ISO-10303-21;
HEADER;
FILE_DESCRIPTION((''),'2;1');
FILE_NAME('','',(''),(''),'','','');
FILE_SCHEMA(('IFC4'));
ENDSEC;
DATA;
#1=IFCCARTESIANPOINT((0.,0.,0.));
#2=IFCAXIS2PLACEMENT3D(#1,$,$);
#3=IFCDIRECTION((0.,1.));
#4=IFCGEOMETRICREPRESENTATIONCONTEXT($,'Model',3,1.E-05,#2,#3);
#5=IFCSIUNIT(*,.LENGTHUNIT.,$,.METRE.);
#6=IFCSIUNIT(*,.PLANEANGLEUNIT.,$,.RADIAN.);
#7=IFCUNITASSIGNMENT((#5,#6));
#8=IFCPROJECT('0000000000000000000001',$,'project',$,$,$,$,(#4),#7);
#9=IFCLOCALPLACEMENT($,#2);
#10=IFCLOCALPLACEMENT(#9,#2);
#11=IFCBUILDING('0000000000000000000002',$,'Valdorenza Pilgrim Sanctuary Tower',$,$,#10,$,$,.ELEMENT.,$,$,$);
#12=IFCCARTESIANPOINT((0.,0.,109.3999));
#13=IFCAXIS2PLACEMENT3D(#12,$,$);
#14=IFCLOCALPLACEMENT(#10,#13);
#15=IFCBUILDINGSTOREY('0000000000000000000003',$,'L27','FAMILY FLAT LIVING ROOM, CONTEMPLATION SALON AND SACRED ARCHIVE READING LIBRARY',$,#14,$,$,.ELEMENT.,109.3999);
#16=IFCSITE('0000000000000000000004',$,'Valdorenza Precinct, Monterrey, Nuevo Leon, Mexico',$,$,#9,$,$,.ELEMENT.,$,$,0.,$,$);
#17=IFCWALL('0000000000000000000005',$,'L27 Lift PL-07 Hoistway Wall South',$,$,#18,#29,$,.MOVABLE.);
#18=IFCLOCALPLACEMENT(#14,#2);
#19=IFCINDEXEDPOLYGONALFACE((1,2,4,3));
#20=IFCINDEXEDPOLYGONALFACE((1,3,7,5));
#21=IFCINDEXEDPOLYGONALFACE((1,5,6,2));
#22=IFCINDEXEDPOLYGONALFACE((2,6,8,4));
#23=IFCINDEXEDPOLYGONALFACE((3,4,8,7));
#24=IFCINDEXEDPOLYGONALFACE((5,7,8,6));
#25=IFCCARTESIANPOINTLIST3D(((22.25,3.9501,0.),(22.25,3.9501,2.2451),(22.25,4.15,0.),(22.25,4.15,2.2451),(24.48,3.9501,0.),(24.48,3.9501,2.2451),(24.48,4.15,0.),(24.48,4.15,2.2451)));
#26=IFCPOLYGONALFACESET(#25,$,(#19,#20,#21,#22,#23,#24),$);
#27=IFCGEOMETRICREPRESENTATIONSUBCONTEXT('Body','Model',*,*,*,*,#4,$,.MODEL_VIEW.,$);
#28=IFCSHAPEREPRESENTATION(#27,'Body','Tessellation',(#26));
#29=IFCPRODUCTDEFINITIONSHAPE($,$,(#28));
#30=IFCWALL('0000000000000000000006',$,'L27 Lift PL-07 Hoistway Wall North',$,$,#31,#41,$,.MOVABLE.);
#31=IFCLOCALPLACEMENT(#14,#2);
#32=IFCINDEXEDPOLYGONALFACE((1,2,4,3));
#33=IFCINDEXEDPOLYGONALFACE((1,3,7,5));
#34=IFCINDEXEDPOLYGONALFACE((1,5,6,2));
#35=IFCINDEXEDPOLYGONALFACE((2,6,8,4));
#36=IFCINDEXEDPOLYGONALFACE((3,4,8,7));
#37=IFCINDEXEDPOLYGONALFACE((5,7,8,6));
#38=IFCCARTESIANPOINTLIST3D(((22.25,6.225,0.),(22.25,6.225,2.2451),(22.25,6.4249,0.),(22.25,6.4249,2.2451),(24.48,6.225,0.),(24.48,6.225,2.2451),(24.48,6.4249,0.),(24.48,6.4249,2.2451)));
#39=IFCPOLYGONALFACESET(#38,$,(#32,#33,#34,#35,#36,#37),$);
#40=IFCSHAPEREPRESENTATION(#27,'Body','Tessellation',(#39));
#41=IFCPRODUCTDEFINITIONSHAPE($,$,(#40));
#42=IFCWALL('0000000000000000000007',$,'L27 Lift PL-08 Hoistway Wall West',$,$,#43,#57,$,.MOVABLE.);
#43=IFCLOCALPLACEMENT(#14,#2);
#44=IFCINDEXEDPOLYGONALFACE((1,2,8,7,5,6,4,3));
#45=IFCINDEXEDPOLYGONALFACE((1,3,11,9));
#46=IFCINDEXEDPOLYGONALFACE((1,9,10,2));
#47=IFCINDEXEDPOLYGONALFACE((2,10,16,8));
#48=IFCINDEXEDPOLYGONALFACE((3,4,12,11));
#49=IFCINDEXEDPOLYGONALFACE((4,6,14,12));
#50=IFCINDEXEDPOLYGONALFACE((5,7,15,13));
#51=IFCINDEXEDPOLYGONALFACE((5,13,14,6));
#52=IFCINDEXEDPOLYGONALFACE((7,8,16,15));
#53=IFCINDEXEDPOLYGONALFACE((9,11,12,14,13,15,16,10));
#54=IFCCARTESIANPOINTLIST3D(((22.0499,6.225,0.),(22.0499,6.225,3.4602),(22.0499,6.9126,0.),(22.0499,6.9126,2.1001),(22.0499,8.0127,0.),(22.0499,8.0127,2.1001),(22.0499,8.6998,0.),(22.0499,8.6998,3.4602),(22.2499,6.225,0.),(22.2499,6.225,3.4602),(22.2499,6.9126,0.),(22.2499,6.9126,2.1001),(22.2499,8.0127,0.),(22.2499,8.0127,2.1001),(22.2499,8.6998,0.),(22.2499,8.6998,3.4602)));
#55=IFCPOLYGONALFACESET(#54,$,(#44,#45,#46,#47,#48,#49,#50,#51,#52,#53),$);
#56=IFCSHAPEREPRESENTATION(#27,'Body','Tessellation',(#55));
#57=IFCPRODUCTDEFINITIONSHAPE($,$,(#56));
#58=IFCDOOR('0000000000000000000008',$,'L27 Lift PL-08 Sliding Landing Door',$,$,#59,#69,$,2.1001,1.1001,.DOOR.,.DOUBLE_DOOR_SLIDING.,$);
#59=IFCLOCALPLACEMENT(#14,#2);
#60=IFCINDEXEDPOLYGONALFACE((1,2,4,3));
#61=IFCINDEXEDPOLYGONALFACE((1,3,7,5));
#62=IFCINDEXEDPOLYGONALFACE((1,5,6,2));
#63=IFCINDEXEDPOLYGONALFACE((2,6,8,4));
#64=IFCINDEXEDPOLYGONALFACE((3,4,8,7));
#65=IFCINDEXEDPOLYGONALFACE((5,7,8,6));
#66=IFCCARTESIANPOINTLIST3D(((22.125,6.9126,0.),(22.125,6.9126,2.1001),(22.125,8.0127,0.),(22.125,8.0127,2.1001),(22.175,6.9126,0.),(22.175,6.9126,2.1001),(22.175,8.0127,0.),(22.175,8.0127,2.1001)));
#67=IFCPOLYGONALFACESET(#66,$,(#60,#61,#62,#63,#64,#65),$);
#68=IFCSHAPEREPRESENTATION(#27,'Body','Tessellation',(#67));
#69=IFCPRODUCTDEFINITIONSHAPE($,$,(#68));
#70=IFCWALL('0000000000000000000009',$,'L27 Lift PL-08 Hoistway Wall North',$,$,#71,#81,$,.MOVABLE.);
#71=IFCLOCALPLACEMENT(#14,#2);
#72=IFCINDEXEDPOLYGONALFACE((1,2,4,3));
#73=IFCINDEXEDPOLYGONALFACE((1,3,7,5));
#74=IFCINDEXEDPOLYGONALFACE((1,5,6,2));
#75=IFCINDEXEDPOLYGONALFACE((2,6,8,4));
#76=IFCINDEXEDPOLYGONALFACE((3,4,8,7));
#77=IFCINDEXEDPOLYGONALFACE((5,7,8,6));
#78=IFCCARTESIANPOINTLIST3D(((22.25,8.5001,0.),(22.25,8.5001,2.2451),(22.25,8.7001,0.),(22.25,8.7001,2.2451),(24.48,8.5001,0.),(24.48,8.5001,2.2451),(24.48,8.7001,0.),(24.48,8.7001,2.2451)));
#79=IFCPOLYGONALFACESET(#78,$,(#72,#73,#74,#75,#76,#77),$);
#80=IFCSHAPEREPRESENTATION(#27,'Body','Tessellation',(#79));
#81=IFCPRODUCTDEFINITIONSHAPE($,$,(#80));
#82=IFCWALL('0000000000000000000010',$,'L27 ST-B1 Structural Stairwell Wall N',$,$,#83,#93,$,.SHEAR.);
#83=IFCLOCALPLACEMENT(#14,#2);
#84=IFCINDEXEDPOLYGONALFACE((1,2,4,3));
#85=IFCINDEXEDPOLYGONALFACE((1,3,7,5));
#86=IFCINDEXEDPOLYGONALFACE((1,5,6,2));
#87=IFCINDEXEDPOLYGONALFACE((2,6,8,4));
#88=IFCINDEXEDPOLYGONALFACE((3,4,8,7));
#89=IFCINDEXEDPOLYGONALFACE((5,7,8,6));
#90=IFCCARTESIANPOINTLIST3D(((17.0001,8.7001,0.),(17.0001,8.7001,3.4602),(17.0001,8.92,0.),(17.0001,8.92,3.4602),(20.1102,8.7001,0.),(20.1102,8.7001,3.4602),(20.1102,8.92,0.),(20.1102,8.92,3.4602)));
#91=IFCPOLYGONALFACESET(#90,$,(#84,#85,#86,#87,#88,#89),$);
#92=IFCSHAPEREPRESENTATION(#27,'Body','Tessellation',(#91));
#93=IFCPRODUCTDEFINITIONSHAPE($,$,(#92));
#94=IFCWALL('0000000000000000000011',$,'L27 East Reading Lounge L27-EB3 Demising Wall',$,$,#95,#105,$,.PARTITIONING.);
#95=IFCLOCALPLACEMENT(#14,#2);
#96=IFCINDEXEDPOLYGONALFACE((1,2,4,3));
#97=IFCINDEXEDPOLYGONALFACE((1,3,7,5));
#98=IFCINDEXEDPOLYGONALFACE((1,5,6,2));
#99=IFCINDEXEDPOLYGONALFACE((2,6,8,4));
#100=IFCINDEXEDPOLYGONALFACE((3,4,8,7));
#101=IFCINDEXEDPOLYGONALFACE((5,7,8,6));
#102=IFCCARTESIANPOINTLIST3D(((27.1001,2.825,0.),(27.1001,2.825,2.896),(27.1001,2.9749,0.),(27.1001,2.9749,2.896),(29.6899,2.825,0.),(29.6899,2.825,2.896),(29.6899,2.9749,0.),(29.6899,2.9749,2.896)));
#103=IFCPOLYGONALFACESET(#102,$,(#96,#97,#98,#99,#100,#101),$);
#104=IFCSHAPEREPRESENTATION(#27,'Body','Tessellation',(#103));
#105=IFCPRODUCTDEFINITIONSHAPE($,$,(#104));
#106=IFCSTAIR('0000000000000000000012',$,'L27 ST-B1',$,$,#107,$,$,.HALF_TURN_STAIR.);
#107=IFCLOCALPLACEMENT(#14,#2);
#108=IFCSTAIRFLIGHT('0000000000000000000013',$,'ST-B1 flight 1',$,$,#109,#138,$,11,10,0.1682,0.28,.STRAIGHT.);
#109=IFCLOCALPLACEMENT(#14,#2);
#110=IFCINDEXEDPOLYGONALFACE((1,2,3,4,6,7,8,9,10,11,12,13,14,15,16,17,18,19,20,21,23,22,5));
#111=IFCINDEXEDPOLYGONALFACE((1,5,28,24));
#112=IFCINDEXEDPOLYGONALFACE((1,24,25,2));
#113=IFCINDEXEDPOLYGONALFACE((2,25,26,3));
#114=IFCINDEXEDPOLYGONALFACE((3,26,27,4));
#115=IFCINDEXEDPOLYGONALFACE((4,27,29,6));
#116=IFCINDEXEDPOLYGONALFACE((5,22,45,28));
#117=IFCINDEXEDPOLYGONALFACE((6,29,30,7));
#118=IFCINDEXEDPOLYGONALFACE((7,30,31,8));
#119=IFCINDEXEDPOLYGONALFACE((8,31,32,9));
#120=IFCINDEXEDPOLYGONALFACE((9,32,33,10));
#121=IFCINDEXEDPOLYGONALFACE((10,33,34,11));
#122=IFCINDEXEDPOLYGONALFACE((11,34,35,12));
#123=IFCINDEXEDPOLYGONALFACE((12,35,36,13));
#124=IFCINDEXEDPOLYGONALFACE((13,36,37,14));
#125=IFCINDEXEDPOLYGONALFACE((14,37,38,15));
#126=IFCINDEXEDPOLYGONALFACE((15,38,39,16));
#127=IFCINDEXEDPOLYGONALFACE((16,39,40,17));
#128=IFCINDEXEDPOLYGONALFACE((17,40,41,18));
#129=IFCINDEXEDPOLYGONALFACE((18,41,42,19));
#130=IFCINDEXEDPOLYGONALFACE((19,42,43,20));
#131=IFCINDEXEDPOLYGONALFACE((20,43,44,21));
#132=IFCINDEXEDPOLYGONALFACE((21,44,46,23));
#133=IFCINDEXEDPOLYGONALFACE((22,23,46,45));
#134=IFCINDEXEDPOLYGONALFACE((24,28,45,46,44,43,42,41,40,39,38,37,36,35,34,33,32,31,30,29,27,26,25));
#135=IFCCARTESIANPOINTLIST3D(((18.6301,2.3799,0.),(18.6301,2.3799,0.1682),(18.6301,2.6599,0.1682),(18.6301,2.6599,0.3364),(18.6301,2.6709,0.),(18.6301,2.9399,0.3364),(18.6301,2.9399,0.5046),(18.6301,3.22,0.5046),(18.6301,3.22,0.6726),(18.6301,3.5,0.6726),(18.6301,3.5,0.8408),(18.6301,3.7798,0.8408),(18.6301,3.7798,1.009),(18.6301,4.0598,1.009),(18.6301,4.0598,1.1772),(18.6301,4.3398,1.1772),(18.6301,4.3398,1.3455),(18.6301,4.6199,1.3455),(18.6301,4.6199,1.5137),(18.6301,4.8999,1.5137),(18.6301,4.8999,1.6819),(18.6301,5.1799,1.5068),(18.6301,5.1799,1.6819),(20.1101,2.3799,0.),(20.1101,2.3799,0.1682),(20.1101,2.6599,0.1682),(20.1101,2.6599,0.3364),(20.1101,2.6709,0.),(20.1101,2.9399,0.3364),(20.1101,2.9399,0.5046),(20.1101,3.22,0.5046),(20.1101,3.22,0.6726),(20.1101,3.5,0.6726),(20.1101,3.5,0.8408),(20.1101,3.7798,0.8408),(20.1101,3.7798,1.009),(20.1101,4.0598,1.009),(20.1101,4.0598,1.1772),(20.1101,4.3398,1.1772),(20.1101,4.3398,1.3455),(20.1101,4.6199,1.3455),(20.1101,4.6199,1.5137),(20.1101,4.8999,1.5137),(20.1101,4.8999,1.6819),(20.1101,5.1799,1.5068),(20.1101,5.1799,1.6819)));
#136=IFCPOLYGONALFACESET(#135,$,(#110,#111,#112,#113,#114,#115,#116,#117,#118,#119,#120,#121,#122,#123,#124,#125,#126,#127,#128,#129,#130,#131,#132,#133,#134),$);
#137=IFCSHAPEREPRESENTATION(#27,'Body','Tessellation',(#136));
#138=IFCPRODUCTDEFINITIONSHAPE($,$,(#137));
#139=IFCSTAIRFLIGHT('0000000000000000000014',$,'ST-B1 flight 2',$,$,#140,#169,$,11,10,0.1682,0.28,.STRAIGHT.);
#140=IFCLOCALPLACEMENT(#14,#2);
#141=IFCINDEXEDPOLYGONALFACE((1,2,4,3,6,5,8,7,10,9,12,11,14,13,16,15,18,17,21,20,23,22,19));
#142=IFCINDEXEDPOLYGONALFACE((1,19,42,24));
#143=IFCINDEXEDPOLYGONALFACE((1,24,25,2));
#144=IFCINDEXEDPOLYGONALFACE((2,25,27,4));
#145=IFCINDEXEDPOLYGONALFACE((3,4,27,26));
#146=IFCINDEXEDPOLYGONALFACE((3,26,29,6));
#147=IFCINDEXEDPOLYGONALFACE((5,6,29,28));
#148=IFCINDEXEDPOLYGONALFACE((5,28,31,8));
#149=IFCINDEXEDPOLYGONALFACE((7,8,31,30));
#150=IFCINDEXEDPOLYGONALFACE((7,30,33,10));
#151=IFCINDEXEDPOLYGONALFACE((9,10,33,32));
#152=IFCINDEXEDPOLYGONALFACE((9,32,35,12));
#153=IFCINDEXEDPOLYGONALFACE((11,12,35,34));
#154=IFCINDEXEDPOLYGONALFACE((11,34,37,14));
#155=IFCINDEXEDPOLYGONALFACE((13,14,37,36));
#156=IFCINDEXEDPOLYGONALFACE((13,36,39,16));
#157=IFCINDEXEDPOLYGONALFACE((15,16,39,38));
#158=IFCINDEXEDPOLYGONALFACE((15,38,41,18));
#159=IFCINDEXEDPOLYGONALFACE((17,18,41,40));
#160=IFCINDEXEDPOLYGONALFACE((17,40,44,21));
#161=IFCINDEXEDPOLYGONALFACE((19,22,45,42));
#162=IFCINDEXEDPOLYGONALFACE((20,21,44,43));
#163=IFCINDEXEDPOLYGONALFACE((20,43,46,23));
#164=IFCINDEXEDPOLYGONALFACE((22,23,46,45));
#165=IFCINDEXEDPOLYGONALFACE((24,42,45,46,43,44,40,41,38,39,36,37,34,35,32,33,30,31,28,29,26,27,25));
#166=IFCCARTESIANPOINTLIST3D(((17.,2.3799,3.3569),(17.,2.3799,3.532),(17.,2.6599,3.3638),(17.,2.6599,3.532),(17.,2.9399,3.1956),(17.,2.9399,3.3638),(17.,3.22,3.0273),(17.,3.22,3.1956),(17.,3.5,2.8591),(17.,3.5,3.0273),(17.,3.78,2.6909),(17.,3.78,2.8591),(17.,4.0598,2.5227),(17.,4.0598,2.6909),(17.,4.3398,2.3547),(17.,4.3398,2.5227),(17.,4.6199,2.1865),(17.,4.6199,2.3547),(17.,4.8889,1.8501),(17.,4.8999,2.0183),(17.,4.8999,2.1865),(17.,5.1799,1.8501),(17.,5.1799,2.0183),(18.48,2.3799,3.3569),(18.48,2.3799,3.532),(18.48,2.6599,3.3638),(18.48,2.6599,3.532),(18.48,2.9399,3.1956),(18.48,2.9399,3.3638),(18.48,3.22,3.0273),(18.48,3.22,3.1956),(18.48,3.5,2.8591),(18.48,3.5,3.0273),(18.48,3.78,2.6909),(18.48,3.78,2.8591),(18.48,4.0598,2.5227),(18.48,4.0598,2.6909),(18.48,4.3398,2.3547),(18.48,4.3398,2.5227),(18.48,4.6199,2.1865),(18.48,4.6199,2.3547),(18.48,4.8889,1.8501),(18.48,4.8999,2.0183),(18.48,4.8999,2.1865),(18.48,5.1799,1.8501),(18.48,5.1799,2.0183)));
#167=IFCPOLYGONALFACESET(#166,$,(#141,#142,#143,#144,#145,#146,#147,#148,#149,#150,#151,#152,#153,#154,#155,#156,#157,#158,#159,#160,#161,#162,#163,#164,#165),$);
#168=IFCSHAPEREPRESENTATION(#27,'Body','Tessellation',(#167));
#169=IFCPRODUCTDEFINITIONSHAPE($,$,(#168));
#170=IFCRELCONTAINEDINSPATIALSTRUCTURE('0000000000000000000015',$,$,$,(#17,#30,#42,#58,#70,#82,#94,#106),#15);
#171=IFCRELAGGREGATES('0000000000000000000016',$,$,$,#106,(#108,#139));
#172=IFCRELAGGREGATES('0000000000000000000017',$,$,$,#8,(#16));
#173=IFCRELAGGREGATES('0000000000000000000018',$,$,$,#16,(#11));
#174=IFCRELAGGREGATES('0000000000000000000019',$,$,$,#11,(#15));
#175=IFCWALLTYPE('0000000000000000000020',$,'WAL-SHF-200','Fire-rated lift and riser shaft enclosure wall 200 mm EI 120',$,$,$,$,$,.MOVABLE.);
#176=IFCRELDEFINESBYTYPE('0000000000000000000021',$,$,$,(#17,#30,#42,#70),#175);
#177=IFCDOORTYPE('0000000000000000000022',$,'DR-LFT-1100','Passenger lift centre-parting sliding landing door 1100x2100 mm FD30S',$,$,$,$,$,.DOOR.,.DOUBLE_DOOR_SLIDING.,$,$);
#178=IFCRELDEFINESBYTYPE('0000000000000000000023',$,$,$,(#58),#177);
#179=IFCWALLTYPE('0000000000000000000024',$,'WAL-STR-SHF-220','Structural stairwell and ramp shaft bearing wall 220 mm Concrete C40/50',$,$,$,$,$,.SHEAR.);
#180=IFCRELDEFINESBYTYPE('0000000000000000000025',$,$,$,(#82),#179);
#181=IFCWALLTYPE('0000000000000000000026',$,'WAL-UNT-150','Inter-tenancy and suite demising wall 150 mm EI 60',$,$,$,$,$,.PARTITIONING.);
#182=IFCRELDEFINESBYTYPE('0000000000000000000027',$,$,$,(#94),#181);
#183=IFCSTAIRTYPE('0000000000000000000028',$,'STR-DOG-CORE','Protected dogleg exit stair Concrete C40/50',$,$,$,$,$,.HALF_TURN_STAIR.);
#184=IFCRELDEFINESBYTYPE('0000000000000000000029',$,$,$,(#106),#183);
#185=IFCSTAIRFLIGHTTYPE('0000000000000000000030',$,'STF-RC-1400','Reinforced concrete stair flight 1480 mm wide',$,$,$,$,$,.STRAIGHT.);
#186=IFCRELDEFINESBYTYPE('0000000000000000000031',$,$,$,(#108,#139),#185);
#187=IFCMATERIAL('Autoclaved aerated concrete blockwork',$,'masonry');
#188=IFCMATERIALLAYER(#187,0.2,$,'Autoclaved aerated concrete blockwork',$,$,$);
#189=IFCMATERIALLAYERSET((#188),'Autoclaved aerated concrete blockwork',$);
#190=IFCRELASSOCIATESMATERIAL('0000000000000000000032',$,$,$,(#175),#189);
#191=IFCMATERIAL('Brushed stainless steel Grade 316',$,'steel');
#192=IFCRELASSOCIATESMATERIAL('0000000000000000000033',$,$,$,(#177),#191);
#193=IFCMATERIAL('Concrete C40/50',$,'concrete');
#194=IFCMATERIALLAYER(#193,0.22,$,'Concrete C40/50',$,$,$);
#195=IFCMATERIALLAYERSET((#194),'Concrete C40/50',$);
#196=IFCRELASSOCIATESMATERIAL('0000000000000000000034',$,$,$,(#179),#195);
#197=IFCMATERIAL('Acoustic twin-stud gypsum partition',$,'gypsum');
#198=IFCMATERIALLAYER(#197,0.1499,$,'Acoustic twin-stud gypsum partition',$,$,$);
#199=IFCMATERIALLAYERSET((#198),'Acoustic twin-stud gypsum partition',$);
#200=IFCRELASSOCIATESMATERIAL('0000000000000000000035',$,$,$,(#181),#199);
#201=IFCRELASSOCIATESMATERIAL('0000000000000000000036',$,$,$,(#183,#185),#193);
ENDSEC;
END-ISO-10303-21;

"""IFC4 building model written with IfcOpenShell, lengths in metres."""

from ifc_helpers import new_model, si_unit, direction, frame, frame_2d, origin, place, context, subcontext, project, spatial, polyline, rectangle, outline, extrude, material, layer, layer_set, type_object, element, fill, aggregate, save


model = new_model("IFC4")

# Units and contexts
model_context = context("Model", 3, precision=1e-05, world=origin(), true_north=direction((0.0, 1.0)))
body_context = subcontext(model_context, "Body", "Model", "MODEL_VIEW")
ifc_project = project(units=[si_unit("LENGTHUNIT", "METRE"), si_unit("PLANEANGLEUNIT", "RADIAN")], contexts=[model_context])

# Site, building, storey
site_placement = place(None, origin())
site = spatial("IfcSite", under=ifc_project, at=site_placement, Name="Valdorenza Precinct, Monterrey, Nuevo Leon, Mexico", CompositionType="ELEMENT", RefElevation=0.0)
building_placement = place(site_placement, origin())
building = spatial("IfcBuilding", under=site, at=building_placement, Name="Valdorenza Pilgrim Sanctuary Tower", CompositionType="ELEMENT")
storey_placement = place(building_placement, frame((0.0, 0.0, 109.3999)))
storey = spatial("IfcBuildingStorey", under=building, at=storey_placement, Name="L27", Description="FAMILY FLAT LIVING ROOM, CONTEMPLATION SALON AND SACRED ARCHIVE READING LIBRARY", CompositionType="ELEMENT", Elevation=109.3999)

# Shared definitions
ifc_material_1 = material(Name="Acoustic twin-stud gypsum partition", Category="gypsum")

# Shared definitions
ifc_material_2 = material(Name="Autoclaved aerated concrete blockwork", Category="masonry")
ifc_layer_1 = layer(ifc_material_2, 0.2, Name="Autoclaved aerated concrete blockwork")
ifc_layer_set_1 = layer_set([ifc_layer_1], Name="Autoclaved aerated concrete blockwork")
wall_type_1 = type_object("IfcWallType", Name="WAL-SHF-200", Description="Fire-rated lift and riser shaft enclosure wall 200 mm EI 120", PredefinedType="MOVABLE", material=ifc_layer_set_1)
ifc_material_3 = material(Name="Brushed stainless steel Grade 316", Category="steel")
door_type_1 = type_object("IfcDoorType", Name="DR-LFT-1100", Description="Passenger lift centre-parting sliding landing door 1100x2100 mm FD30S", OperationType="DOUBLE_DOOR_SLIDING", PredefinedType="DOOR", material=ifc_material_3)

# Walls
for number, where, z_axis, x_axis, name in (
    (1, (22.25, 4.05, 0.0), (0.0, 0.0, 1.0), (1.0, 0.0, 0.0), "L27 Lift PL-07 Hoistway Wall South"),
    (2, (22.25, 6.325, 0.0), (0.0, 0.0, 1.0), (1.0, 0.0, 0.0), "L27 Lift PL-07 Hoistway Wall North"),
):
    element("IfcWall", number, at=place(storey_placement, frame(where, z_axis=z_axis, x_axis=x_axis)), inside=storey, type_object=wall_type_1, Name=name, PredefinedType="MOVABLE", context=body_context, shape_type="SweptSolid", body=[
        extrude(rectangle(XDim=2.23, YDim=0.2, at=frame_2d((1.115, 0.0))), origin(), (0.0, 0.0, 1.0), 2.2451),
    ])

# Wall, opening, door
wall_1_placement = place(storey_placement, frame((22.1499, 6.2251, 0.0), z_axis=(0.0, 0.0, 1.0), x_axis=(0.0, 1.0, 0.0)))
wall_1 = element("IfcWall", 3, at=wall_1_placement, inside=storey, type_object=wall_type_1, Name="L27 Lift PL-08 Hoistway Wall West", PredefinedType="MOVABLE", context=body_context, shape_type="SweptSolid", body=[
    extrude(rectangle(XDim=2.4749, YDim=0.2, at=frame_2d((1.2373, 0.0))), origin(), (0.0, 0.0, 1.0), 3.4602),
])
opening_1_placement = place(wall_1_placement, frame((0.6875, 0.0, 0.0)))
opening_1 = element("IfcOpeningElement", 4, at=opening_1_placement, cuts=wall_1, PredefinedType="OPENING", context=body_context, shape_type="SweptSolid", body=[
    extrude(rectangle(XDim=1.1001, YDim=2.1001, at=frame_2d((0.55, 1.05))), frame((0.0, 0.1147, 0.0), z_axis=(0.0, -1.0, 0.0), x_axis=(1.0, 0.0, 0.0)), (0.0, 0.0, 1.0), 0.2297),
])
door_1_placement = place(opening_1_placement, origin())
door_1 = element("IfcDoor", 5, at=door_1_placement, inside=storey, type_object=door_type_1, Name="L27 Lift PL-08 Sliding Landing Door", OperationType="DOUBLE_DOOR_SLIDING", OverallHeight=2.1001, OverallWidth=1.1001, PredefinedType="DOOR", context=body_context, shape_type="SweptSolid", body=[
    extrude(rectangle(XDim=1.1001, YDim=2.1001, at=frame_2d((0.55, 1.05))), frame((0.0, 0.0249, 0.0), z_axis=(0.0, -1.0, 0.0), x_axis=(1.0, 0.0, 0.0)), (0.0, 0.0, 1.0), 0.05),
])
fill(opening_1, door_1)

# Walls
wall_2_placement = place(storey_placement, frame((22.25, 8.6001, 0.0), z_axis=(0.0, 0.0, 1.0), x_axis=(1.0, 0.0, 0.0)))
element("IfcWall", 6, at=wall_2_placement, inside=storey, type_object=wall_type_1, Name="L27 Lift PL-08 Hoistway Wall North", PredefinedType="MOVABLE", context=body_context, shape_type="SweptSolid", body=[
    extrude(rectangle(XDim=2.23, YDim=0.2, at=frame_2d((1.115, 0.0))), origin(), (0.0, 0.0, 1.0), 2.2451),
])
ifc_material_4 = material(Name="Concrete C40/50", Category="concrete")
ifc_layer_2 = layer(ifc_material_4, 0.22, Name="Concrete C40/50")
ifc_layer_set_2 = layer_set([ifc_layer_2], Name="Concrete C40/50")
wall_type_2 = type_object("IfcWallType", Name="WAL-STR-SHF-220", Description="Structural stairwell and ramp shaft bearing wall 220 mm Concrete C40/50", PredefinedType="SHEAR", material=ifc_layer_set_2)
wall_3_placement = place(storey_placement, frame((17.0, 8.8101, 0.0), z_axis=(0.0, 0.0, 1.0), x_axis=(1.0, 0.0, 0.0)))
element("IfcWall", 7, at=wall_3_placement, inside=storey, type_object=wall_type_2, Name="L27 ST-B1 Structural Stairwell Wall N", PredefinedType="SHEAR", context=body_context, shape_type="SweptSolid", body=[
    extrude(rectangle(XDim=3.1101, YDim=0.22, at=frame_2d((1.5552, 0.0))), origin(), (0.0, 0.0, 1.0), 3.4602),
])
ifc_layer_3 = layer(ifc_material_1, 0.1499, Name="Acoustic twin-stud gypsum partition")
ifc_layer_set_3 = layer_set([ifc_layer_3], Name="Acoustic twin-stud gypsum partition")
wall_type_3 = type_object("IfcWallType", Name="WAL-UNT-150", Description="Inter-tenancy and suite demising wall 150 mm EI 60", PredefinedType="PARTITIONING", material=ifc_layer_set_3)
wall_4_placement = place(storey_placement, frame((27.1001, 2.8999, 0.0), z_axis=(0.0, 0.0, 1.0), x_axis=(1.0, 0.0, 0.0)))
element("IfcWall", 8, at=wall_4_placement, inside=storey, type_object=wall_type_3, Name="L27 East Reading Lounge L27-EB3 Demising Wall", PredefinedType="PARTITIONING", context=body_context, shape_type="SweptSolid", body=[
    extrude(rectangle(XDim=2.5898, YDim=0.1499, at=frame_2d((1.2949, 0.0))), origin(), (0.0, 0.0, 1.0), 2.896),
])

# Stair, stair flights
stair_type = type_object("IfcStairType", Name="STR-DOG-CORE", Description="Protected dogleg exit stair Concrete C40/50", PredefinedType="HALF_TURN_STAIR", material=ifc_material_4)
stair_placement = place(storey_placement, origin())
stair = element("IfcStair", 9, at=stair_placement, inside=storey, type_object=stair_type, Name="L27 ST-B1", PredefinedType="HALF_TURN_STAIR")
stair_flight_type = type_object("IfcStairFlightType", Name="STF-RC-1400", Description="Reinforced concrete stair flight 1480 mm wide", PredefinedType="STRAIGHT", material=ifc_material_4)
stair_flight_1_placement = place(storey_placement, frame((19.3701, 2.3799, 0.0), z_axis=(0.0, 0.0, 1.0), x_axis=(0.0, 1.0, 0.0)))
stair_flight_1 = element("IfcStairFlight", 10, at=stair_flight_1_placement, type_object=stair_flight_type, Name="ST-B1 flight 1", NumberOfRisers=11, NumberOfTreads=10, PredefinedType="STRAIGHT", RiserHeight=0.1682, TreadLength=0.28, context=body_context, shape_type="SweptSolid", body=[
    extrude(outline(polyline([(0.0, 0.0), (0.0, 0.1682), (0.28, 0.1682), (0.28, 0.3364), (0.5601, 0.3364), (0.5601, 0.5046), (0.8401, 0.5046), (0.8401, 0.6726), (1.1201, 0.6726), (1.1201, 0.8408), (1.3999, 0.8408), (1.3999, 1.009), (1.6799, 1.009), (1.6799, 1.1772), (1.96, 1.1772), (1.96, 1.3455), (2.24, 1.3455), (2.24, 1.5137), (2.52, 1.5137), (2.52, 1.6819), (2.8, 1.6819), (2.8, 1.8501), (2.8, 1.5068), (0.291, 0.0), (0.0, 0.0)])), frame((0.0, 0.74, 0.0), z_axis=(0.0, -1.0, 0.0), x_axis=(1.0, 0.0, 0.0)), (0.0, 0.0, 1.0), 1.48),
])
stair_flight_2_placement = place(storey_placement, frame((17.74, 5.1799, 1.8501), z_axis=(0.0, 0.0, 1.0), x_axis=(0.0, -1.0, 0.0)))
stair_flight_2 = element("IfcStairFlight", 11, at=stair_flight_2_placement, type_object=stair_flight_type, Name="ST-B1 flight 2", NumberOfRisers=11, NumberOfTreads=10, PredefinedType="STRAIGHT", RiserHeight=0.1682, TreadLength=0.28, context=body_context, shape_type="SweptSolid", body=[
    extrude(outline(polyline([(0.0, 0.0), (0.0, 0.1682), (0.28, 0.1682), (0.28, 0.3364), (0.5601, 0.3364), (0.5601, 0.5046), (0.8401, 0.5046), (0.8401, 0.6726), (1.1201, 0.6726), (1.1201, 0.8408), (1.3999, 0.8408), (1.3999, 1.009), (1.6799, 1.009), (1.6799, 1.1772), (1.96, 1.1772), (1.96, 1.3455), (2.24, 1.3455), (2.24, 1.5137), (2.52, 1.5137), (2.52, 1.6819), (2.8, 1.6819), (2.8, 1.8501), (2.8, 1.5068), (0.291, 0.0), (0.0, 0.0)])), frame((0.0, 0.74, 0.0), z_axis=(0.0, -1.0, 0.0), x_axis=(1.0, 0.0, 0.0)), (0.0, 0.0, 1.0), 1.48),
])
aggregate(stair, [stair_flight_1, stair_flight_2])

save(model, "model.ifc")
